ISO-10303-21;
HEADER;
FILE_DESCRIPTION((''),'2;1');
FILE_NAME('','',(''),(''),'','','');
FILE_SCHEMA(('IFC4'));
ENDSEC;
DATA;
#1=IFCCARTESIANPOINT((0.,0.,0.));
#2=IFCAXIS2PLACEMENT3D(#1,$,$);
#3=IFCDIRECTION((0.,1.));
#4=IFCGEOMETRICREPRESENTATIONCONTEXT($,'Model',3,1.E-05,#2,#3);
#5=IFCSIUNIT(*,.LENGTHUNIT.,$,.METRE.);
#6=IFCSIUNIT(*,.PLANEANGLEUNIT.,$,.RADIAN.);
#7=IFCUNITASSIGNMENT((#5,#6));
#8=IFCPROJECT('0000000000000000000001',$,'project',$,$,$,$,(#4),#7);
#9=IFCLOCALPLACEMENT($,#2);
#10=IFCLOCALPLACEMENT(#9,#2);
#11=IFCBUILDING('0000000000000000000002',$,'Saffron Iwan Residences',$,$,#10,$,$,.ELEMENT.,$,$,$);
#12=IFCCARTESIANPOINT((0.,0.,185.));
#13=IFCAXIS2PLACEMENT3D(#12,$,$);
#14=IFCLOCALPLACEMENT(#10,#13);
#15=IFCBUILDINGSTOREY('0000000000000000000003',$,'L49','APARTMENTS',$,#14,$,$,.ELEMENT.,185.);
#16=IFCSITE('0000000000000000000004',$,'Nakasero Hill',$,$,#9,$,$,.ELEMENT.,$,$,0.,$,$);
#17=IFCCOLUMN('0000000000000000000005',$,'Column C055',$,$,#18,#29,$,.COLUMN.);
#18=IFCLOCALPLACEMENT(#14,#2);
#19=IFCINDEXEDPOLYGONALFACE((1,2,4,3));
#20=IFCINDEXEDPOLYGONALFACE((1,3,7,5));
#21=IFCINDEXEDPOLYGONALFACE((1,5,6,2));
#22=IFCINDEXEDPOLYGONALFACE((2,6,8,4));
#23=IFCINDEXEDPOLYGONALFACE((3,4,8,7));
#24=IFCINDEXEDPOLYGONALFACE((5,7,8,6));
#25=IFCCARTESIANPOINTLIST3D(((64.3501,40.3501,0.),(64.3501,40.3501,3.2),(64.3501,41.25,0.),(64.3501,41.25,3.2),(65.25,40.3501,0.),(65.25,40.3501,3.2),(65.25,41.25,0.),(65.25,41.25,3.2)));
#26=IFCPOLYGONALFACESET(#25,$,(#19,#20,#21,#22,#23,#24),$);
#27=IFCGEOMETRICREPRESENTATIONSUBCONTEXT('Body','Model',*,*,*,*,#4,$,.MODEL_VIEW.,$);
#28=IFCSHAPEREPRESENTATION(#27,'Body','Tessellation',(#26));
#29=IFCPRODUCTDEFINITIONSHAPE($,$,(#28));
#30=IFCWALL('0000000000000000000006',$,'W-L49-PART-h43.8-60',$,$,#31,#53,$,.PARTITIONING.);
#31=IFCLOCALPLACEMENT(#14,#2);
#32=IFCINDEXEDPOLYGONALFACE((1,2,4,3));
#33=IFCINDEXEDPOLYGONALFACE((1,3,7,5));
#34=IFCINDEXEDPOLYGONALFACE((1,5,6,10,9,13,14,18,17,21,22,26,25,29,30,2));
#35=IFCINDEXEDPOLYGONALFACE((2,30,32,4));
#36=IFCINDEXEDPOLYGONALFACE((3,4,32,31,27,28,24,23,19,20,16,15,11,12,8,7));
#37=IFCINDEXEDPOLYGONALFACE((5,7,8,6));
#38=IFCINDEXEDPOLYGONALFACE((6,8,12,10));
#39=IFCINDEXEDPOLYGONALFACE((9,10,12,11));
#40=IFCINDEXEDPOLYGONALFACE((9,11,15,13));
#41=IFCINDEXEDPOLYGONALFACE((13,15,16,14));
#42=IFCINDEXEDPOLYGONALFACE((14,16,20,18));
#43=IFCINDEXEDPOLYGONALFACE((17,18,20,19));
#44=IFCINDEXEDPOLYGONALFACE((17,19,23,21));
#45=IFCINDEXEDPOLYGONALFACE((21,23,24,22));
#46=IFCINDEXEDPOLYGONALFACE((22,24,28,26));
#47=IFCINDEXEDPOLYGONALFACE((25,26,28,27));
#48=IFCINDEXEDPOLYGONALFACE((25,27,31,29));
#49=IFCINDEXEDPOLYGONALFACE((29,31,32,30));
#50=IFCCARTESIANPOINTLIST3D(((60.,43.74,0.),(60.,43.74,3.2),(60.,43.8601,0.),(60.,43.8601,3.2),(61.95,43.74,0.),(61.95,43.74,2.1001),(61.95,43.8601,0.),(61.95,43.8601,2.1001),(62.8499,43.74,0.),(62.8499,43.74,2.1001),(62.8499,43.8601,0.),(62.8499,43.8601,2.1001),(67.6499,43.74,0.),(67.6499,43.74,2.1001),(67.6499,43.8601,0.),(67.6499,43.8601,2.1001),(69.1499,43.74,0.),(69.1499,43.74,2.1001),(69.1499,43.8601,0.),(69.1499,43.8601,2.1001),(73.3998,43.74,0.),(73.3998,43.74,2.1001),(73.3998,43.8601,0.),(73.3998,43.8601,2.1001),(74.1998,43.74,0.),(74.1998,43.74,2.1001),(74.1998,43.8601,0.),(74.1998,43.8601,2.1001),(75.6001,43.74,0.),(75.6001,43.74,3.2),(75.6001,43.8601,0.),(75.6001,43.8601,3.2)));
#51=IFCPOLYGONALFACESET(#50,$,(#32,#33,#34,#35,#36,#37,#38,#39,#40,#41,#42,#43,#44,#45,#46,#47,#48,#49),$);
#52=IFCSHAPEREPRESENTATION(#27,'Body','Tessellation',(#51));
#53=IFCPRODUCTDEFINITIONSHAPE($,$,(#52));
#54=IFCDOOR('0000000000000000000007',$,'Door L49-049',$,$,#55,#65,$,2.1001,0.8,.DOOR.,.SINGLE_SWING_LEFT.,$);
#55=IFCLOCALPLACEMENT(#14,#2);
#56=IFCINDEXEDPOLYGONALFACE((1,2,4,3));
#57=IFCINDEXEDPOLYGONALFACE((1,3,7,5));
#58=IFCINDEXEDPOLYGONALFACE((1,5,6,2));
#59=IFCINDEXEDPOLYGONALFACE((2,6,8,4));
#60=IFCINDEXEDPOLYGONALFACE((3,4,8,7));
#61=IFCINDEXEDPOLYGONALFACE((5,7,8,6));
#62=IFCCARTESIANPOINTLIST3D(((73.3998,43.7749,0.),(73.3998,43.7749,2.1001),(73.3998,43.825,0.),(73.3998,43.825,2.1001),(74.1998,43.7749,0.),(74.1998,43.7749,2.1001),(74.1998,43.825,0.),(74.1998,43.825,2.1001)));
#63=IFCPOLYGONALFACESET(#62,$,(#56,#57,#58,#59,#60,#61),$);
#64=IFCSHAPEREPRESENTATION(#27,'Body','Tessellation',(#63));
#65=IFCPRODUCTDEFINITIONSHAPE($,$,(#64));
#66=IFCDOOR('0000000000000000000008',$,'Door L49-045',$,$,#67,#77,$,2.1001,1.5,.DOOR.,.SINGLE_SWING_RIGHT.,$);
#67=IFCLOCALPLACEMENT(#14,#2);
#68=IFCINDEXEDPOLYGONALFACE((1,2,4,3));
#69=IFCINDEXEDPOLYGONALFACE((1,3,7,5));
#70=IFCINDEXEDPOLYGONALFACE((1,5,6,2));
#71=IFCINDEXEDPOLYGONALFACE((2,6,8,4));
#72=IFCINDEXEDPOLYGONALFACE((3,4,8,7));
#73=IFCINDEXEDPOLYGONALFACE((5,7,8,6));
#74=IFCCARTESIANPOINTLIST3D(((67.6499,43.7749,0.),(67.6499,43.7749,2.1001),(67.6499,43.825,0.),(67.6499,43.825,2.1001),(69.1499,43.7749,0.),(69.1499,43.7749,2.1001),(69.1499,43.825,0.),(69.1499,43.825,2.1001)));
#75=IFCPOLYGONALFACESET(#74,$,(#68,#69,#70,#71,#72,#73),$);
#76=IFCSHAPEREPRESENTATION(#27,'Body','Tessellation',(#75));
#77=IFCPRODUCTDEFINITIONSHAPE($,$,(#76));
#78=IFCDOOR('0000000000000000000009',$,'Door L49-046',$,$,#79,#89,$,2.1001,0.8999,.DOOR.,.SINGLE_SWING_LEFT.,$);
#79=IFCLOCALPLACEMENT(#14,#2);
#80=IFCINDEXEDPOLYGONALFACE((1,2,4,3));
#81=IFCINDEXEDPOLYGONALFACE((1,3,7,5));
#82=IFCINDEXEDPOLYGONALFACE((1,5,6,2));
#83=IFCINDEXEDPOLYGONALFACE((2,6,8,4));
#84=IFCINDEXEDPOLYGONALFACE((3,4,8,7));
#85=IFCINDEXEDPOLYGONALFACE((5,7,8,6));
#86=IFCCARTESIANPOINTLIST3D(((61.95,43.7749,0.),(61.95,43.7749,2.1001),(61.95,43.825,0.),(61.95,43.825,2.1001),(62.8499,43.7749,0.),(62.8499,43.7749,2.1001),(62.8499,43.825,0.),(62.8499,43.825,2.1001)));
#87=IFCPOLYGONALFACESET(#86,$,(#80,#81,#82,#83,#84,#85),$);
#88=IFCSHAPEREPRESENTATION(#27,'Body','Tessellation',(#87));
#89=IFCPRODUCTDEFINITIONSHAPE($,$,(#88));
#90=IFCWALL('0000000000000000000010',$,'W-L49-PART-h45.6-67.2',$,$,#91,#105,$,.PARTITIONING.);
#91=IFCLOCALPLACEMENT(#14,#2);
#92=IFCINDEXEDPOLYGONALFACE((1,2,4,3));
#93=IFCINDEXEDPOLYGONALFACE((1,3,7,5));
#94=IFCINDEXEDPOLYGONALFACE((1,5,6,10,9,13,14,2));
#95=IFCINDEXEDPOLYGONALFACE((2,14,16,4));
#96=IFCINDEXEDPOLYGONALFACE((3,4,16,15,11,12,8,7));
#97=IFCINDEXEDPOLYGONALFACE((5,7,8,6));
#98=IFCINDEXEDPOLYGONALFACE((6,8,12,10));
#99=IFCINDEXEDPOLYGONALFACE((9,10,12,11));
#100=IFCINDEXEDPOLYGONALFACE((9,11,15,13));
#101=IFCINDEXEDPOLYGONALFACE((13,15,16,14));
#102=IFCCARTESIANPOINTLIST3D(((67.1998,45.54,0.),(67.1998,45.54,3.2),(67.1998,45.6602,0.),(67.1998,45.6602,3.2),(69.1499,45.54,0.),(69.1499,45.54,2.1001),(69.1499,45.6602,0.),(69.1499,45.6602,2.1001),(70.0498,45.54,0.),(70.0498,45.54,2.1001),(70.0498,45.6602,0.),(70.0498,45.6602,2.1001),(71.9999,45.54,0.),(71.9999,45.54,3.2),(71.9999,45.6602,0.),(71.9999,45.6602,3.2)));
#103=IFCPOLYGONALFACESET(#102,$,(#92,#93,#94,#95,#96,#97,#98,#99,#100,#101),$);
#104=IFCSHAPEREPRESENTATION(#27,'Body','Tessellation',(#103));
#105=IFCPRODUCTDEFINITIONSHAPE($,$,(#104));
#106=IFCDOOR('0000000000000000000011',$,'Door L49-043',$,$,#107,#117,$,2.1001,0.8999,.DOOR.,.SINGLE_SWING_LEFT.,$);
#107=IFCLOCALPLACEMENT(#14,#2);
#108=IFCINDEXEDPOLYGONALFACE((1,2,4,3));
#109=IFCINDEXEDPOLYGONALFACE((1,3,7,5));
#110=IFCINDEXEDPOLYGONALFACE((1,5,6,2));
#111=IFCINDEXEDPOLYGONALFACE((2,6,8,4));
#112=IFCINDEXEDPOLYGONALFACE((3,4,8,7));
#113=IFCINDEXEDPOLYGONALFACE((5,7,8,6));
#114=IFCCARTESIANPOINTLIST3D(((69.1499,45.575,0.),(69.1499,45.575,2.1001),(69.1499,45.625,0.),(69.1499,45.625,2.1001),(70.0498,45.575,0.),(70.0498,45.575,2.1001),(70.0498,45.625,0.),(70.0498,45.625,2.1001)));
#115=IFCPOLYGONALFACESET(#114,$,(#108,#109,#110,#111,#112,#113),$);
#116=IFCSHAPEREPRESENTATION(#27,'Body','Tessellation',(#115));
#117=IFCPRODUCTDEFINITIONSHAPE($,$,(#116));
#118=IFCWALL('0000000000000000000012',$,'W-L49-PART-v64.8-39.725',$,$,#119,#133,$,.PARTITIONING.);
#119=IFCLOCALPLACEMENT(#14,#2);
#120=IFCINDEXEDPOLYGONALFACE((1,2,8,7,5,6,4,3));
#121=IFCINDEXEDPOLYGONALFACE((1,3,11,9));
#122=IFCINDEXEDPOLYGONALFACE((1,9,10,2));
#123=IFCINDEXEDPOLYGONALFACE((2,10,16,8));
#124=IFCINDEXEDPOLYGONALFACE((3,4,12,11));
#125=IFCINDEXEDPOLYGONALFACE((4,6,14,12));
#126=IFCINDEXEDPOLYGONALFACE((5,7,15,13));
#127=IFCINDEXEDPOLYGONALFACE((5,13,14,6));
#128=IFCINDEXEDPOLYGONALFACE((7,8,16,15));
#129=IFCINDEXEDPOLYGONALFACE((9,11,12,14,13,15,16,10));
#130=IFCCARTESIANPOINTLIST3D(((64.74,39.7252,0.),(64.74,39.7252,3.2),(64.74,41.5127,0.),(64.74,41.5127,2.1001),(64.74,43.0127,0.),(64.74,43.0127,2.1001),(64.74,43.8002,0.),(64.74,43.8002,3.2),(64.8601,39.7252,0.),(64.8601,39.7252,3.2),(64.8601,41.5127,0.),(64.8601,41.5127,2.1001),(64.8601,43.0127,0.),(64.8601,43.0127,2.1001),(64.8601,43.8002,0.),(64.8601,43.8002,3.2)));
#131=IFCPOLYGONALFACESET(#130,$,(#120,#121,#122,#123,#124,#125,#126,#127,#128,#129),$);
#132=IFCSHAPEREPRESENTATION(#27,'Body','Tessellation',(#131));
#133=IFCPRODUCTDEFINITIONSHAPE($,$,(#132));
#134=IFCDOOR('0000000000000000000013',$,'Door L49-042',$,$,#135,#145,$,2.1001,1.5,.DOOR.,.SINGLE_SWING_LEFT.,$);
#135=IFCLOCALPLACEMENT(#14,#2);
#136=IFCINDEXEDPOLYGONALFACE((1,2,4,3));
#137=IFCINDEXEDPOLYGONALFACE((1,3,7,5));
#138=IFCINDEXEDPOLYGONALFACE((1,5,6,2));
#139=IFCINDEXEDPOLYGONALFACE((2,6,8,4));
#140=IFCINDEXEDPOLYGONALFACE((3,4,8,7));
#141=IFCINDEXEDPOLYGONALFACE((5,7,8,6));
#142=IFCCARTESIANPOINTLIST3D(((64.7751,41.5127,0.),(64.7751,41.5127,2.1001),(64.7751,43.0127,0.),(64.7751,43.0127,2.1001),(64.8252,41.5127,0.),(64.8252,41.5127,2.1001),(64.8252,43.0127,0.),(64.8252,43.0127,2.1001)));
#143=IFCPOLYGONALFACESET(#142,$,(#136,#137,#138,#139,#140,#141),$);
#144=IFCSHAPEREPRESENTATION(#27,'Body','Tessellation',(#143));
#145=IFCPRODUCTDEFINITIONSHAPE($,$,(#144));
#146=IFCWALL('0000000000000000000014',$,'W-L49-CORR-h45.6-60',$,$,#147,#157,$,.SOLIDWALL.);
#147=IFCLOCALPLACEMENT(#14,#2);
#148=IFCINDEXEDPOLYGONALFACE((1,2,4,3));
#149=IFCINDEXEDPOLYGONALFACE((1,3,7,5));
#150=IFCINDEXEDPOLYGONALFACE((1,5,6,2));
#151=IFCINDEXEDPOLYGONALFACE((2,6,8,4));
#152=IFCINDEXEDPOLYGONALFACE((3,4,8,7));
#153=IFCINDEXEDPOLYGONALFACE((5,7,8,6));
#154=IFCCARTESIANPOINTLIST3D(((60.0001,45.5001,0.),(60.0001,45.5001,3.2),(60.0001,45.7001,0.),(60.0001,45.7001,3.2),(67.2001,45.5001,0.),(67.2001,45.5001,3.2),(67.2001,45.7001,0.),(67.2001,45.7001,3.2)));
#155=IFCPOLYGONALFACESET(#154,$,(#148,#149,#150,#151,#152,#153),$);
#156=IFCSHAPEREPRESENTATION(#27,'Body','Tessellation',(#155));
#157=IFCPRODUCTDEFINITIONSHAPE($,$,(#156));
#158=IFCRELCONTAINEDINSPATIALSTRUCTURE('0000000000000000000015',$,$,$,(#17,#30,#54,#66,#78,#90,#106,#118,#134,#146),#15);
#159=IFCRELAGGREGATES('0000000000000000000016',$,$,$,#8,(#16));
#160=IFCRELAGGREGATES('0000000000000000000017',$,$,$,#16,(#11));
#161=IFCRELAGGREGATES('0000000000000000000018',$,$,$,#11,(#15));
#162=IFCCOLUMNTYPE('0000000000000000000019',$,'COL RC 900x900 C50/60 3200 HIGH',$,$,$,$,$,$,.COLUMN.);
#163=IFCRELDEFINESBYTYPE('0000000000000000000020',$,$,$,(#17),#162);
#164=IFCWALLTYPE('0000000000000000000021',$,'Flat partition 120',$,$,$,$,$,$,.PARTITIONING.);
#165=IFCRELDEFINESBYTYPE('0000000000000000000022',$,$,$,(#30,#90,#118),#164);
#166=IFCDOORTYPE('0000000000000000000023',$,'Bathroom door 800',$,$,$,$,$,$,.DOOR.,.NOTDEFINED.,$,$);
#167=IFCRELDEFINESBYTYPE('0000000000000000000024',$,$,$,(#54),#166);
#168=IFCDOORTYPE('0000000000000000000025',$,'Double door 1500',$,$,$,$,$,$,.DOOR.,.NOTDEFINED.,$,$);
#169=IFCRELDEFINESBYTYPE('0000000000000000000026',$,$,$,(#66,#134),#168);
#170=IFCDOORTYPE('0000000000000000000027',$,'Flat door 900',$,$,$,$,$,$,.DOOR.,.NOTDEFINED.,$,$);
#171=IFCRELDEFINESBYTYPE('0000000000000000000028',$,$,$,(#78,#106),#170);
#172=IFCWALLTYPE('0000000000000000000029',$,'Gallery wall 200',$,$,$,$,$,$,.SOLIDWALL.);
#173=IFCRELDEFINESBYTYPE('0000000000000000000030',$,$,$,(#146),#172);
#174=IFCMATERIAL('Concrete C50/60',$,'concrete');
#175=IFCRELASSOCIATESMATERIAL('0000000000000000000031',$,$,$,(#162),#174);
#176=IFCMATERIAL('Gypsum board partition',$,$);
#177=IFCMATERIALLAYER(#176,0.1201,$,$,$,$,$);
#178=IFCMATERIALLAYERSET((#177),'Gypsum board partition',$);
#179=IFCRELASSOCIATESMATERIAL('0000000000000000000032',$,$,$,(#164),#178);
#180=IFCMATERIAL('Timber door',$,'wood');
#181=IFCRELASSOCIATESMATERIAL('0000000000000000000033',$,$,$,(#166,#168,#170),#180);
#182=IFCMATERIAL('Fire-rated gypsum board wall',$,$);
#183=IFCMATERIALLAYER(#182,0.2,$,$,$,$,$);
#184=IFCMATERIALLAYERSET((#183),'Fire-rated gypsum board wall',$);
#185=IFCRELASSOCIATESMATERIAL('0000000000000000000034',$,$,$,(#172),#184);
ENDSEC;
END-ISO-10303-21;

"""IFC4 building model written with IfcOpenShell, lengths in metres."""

from ifc_helpers import new_model, si_unit, direction, frame, frame_2d, origin, origin_2d, place, context, subcontext, project, spatial, rectangle, extrude, source, transform, mapped, material, layer, layer_set, material_profile, profile_set, type_object, element, fill, save


model = new_model("IFC4")

# Units and contexts
model_context = context("Model", 3, precision=1e-05, world=origin(), true_north=direction((0.0, 1.0)))
body_context = subcontext(model_context, "Body", "Model", "MODEL_VIEW")
ifc_project = project(units=[si_unit("LENGTHUNIT", "METRE"), si_unit("PLANEANGLEUNIT", "RADIAN")], contexts=[model_context])

# Site, building, storey
site_placement = place(None, origin())
site = spatial("IfcSite", under=ifc_project, at=site_placement, Name="Nakasero Hill", CompositionType="ELEMENT", RefElevation=0.0)
building_placement = place(site_placement, origin())
building = spatial("IfcBuilding", under=site, at=building_placement, Name="Saffron Iwan Residences", CompositionType="ELEMENT")
storey_placement = place(building_placement, frame((0.0, 0.0, 185.0)))
storey = spatial("IfcBuildingStorey", under=building, at=storey_placement, Name="L49", Description="APARTMENTS", CompositionType="ELEMENT", Elevation=185.0)

# Column
ifc_material_1 = material(Name="Concrete C50/60", Category="concrete")
ifc_material_profile = material_profile(ifc_material_1, rectangle(XDim=0.8999, YDim=0.8999, at=origin_2d()), Name="RC 900x900")
ifc_profile_set = profile_set([ifc_material_profile], Name="Concrete C50/60")
column_type = type_object("IfcColumnType", Name="COL RC 900x900 C50/60 3200 HIGH", PredefinedType="COLUMN", material=ifc_profile_set)
shared_shape = source(origin(), body_context, "Body", "SweptSolid", [
    extrude(rectangle(XDim=0.8999, YDim=0.8999, at=origin_2d()), origin(), (0.0, 0.0, 1.0), 3.2),
])
column_placement = place(storey_placement, frame((64.8, 40.8, 0.0), z_axis=(0.0, 0.0, 1.0), x_axis=(1.0, 0.0, 0.0)))
element("IfcColumn", 1, at=column_placement, inside=storey, type_object=column_type, Name="Column C055", PredefinedType="COLUMN", context=body_context, shape_type="MappedRepresentation", body=[
    mapped(shared_shape, transform((0.0, 0.0, 0.0))),
])

# Wall, openings, doors
ifc_material_2 = material(Name="Gypsum board partition")
ifc_layer_1 = layer(ifc_material_2, 0.1201)
ifc_layer_set_1 = layer_set([ifc_layer_1], Name="Gypsum board partition")
wall_type_1 = type_object("IfcWallType", Name="Flat partition 120", PredefinedType="PARTITIONING", material=ifc_layer_set_1)
wall_1_placement = place(storey_placement, frame((60.0, 43.8, 0.0), z_axis=(0.0, 0.0, 1.0), x_axis=(1.0, 0.0, 0.0)))
wall_1 = element("IfcWall", 2, at=wall_1_placement, inside=storey, type_object=wall_type_1, Name="W-L49-PART-h43.8-60", PredefinedType="PARTITIONING", context=body_context, shape_type="SweptSolid", body=[
    extrude(rectangle(XDim=15.6001, YDim=0.1201, at=frame_2d((7.8, 0.0))), origin(), (0.0, 0.0, 1.0), 3.2),
])
opening_1_placement = place(wall_1_placement, frame((7.6499, 0.0, 0.0)))
opening_1 = element("IfcOpeningElement", 3, at=opening_1_placement, cuts=wall_1, PredefinedType="OPENING", context=body_context, shape_type="SweptSolid", body=[
    extrude(rectangle(XDim=1.5, YDim=2.1001, at=frame_2d((0.75, 1.05))), frame((0.0, 0.0701, 0.0), z_axis=(0.0, -1.0, 0.0), x_axis=(1.0, 0.0, 0.0)), (0.0, 0.0, 1.0), 0.1401),
])
opening_2_placement = place(wall_1_placement, frame((1.95, 0.0, 0.0)))
opening_2 = element("IfcOpeningElement", 4, at=opening_2_placement, cuts=wall_1, PredefinedType="OPENING", context=body_context, shape_type="SweptSolid", body=[
    extrude(rectangle(XDim=0.8999, YDim=2.1001, at=frame_2d((0.45, 1.05))), frame((0.0, 0.0701, 0.0), z_axis=(0.0, -1.0, 0.0), x_axis=(1.0, 0.0, 0.0)), (0.0, 0.0, 1.0), 0.1401),
])
opening_3_placement = place(wall_1_placement, frame((13.3999, 0.0, 0.0)))
opening_3 = element("IfcOpeningElement", 5, at=opening_3_placement, cuts=wall_1, PredefinedType="OPENING", context=body_context, shape_type="SweptSolid", body=[
    extrude(rectangle(XDim=0.8, YDim=2.1001, at=frame_2d((0.3999, 1.05))), frame((0.0, 0.0701, 0.0), z_axis=(0.0, -1.0, 0.0), x_axis=(1.0, 0.0, 0.0)), (0.0, 0.0, 1.0), 0.1401),
])
ifc_material_3 = material(Name="Timber door", Category="wood")
door_type_1 = type_object("IfcDoorType", Name="Bathroom door 800", OperationType="NOTDEFINED", PredefinedType="DOOR", material=ifc_material_3)
door_1_placement = place(opening_3_placement, origin())
door_1 = element("IfcDoor", 6, at=door_1_placement, inside=storey, type_object=door_type_1, Name="Door L49-049", OperationType="SINGLE_SWING_LEFT", OverallHeight=2.1001, OverallWidth=0.8, PredefinedType="DOOR", context=body_context, shape_type="SweptSolid", body=[
    extrude(rectangle(XDim=0.8, YDim=2.1001, at=frame_2d((0.3999, 1.05))), frame((0.0, 0.0249, 0.0), z_axis=(0.0, -1.0, 0.0), x_axis=(1.0, 0.0, 0.0)), (0.0, 0.0, 1.0), 0.05),
])
fill(opening_3, door_1)
door_type_2 = type_object("IfcDoorType", Name="Double door 1500", OperationType="NOTDEFINED", PredefinedType="DOOR", material=ifc_material_3)
door_2_placement = place(opening_1_placement, origin())
door_2 = element("IfcDoor", 7, at=door_2_placement, inside=storey, type_object=door_type_2, Name="Door L49-045", OperationType="SINGLE_SWING_RIGHT", OverallHeight=2.1001, OverallWidth=1.5, PredefinedType="DOOR", context=body_context, shape_type="SweptSolid", body=[
    extrude(rectangle(XDim=1.5, YDim=2.1001, at=frame_2d((0.75, 1.05))), frame((0.0, 0.0249, 0.0), z_axis=(0.0, -1.0, 0.0), x_axis=(1.0, 0.0, 0.0)), (0.0, 0.0, 1.0), 0.05),
])
fill(opening_1, door_2)
door_type_3 = type_object("IfcDoorType", Name="Flat door 900", OperationType="NOTDEFINED", PredefinedType="DOOR", material=ifc_material_3)
door_3_placement = place(opening_2_placement, origin())
door_3 = element("IfcDoor", 8, at=door_3_placement, inside=storey, type_object=door_type_3, Name="Door L49-046", OperationType="SINGLE_SWING_LEFT", OverallHeight=2.1001, OverallWidth=0.8999, PredefinedType="DOOR", context=body_context, shape_type="SweptSolid", body=[
    extrude(rectangle(XDim=0.8999, YDim=2.1001, at=frame_2d((0.45, 1.05))), frame((0.0, 0.0249, 0.0), z_axis=(0.0, -1.0, 0.0), x_axis=(1.0, 0.0, 0.0)), (0.0, 0.0, 1.0), 0.05),
])
fill(opening_2, door_3)

# Walls, openings, doors
wall_2_placement = place(storey_placement, frame((67.2, 45.6001, 0.0), z_axis=(0.0, 0.0, 1.0), x_axis=(1.0, 0.0, 0.0)))
wall_2 = element("IfcWall", 9, at=wall_2_placement, inside=storey, type_object=wall_type_1, Name="W-L49-PART-h45.6-67.2", PredefinedType="PARTITIONING", context=body_context, shape_type="SweptSolid", body=[
    extrude(rectangle(XDim=4.8, YDim=0.1201, at=frame_2d((2.3999, 0.0))), origin(), (0.0, 0.0, 1.0), 3.2),
])
opening_4_placement = place(wall_2_placement, frame((1.95, 0.0, 0.0)))
opening_4 = element("IfcOpeningElement", 10, at=opening_4_placement, cuts=wall_2, PredefinedType="OPENING", context=body_context, shape_type="SweptSolid", body=[
    extrude(rectangle(XDim=0.8999, YDim=2.1001, at=frame_2d((0.45, 1.05))), frame((0.0, 0.0701, 0.0), z_axis=(0.0, -1.0, 0.0), x_axis=(1.0, 0.0, 0.0)), (0.0, 0.0, 1.0), 0.1401),
])
door_4_placement = place(opening_4_placement, origin())
door_4 = element("IfcDoor", 11, at=door_4_placement, inside=storey, type_object=door_type_3, Name="Door L49-043", OperationType="SINGLE_SWING_LEFT", OverallHeight=2.1001, OverallWidth=0.8999, PredefinedType="DOOR", context=body_context, shape_type="SweptSolid", body=[
    extrude(rectangle(XDim=0.8999, YDim=2.1001, at=frame_2d((0.45, 1.05))), frame((0.0, 0.0249, 0.0), z_axis=(0.0, -1.0, 0.0), x_axis=(1.0, 0.0, 0.0)), (0.0, 0.0, 1.0), 0.05),
])
fill(opening_4, door_4)
wall_3_placement = place(storey_placement, frame((64.8, 39.7251, 0.0), z_axis=(0.0, 0.0, 1.0), x_axis=(0.0, 1.0, 0.0)))
wall_3 = element("IfcWall", 12, at=wall_3_placement, inside=storey, type_object=wall_type_1, Name="W-L49-PART-v64.8-39.725", PredefinedType="PARTITIONING", context=body_context, shape_type="SweptSolid", body=[
    extrude(rectangle(XDim=4.075, YDim=0.1201, at=frame_2d((2.0376, 0.0))), origin(), (0.0, 0.0, 1.0), 3.2),
])
opening_5_placement = place(wall_3_placement, frame((1.7876, 0.0, 0.0)))
opening_5 = element("IfcOpeningElement", 13, at=opening_5_placement, cuts=wall_3, PredefinedType="OPENING", context=body_context, shape_type="SweptSolid", body=[
    extrude(rectangle(XDim=1.5, YDim=2.1001, at=frame_2d((0.75, 1.05))), frame((0.0, 0.0701, 0.0), z_axis=(0.0, -1.0, 0.0), x_axis=(1.0, 0.0, 0.0)), (0.0, 0.0, 1.0), 0.1401),
])
door_5_placement = place(opening_5_placement, origin())
door_5 = element("IfcDoor", 14, at=door_5_placement, inside=storey, type_object=door_type_2, Name="Door L49-042", OperationType="SINGLE_SWING_LEFT", OverallHeight=2.1001, OverallWidth=1.5, PredefinedType="DOOR", context=body_context, shape_type="SweptSolid", body=[
    extrude(rectangle(XDim=1.5, YDim=2.1001, at=frame_2d((0.75, 1.05))), frame((0.0, 0.0249, 0.0), z_axis=(0.0, -1.0, 0.0), x_axis=(1.0, 0.0, 0.0)), (0.0, 0.0, 1.0), 0.05),
])
fill(opening_5, door_5)

# Wall
ifc_material_4 = material(Name="Fire-rated gypsum board wall")
ifc_layer_2 = layer(ifc_material_4, 0.2)
ifc_layer_set_2 = layer_set([ifc_layer_2], Name="Fire-rated gypsum board wall")
wall_type_2 = type_object("IfcWallType", Name="Gallery wall 200", PredefinedType="SOLIDWALL", material=ifc_layer_set_2)
wall_4_placement = place(storey_placement, frame((60.0, 45.6001, 0.0), z_axis=(0.0, 0.0, 1.0), x_axis=(1.0, 0.0, 0.0)))
element("IfcWall", 15, at=wall_4_placement, inside=storey, type_object=wall_type_2, Name="W-L49-CORR-h45.6-60", PredefinedType="SOLIDWALL", context=body_context, shape_type="SweptSolid", body=[
    extrude(rectangle(XDim=7.2, YDim=0.2, at=frame_2d((3.6001, 0.0))), origin(), (0.0, 0.0, 1.0), 3.2),
])

save(model, "model.ifc")
